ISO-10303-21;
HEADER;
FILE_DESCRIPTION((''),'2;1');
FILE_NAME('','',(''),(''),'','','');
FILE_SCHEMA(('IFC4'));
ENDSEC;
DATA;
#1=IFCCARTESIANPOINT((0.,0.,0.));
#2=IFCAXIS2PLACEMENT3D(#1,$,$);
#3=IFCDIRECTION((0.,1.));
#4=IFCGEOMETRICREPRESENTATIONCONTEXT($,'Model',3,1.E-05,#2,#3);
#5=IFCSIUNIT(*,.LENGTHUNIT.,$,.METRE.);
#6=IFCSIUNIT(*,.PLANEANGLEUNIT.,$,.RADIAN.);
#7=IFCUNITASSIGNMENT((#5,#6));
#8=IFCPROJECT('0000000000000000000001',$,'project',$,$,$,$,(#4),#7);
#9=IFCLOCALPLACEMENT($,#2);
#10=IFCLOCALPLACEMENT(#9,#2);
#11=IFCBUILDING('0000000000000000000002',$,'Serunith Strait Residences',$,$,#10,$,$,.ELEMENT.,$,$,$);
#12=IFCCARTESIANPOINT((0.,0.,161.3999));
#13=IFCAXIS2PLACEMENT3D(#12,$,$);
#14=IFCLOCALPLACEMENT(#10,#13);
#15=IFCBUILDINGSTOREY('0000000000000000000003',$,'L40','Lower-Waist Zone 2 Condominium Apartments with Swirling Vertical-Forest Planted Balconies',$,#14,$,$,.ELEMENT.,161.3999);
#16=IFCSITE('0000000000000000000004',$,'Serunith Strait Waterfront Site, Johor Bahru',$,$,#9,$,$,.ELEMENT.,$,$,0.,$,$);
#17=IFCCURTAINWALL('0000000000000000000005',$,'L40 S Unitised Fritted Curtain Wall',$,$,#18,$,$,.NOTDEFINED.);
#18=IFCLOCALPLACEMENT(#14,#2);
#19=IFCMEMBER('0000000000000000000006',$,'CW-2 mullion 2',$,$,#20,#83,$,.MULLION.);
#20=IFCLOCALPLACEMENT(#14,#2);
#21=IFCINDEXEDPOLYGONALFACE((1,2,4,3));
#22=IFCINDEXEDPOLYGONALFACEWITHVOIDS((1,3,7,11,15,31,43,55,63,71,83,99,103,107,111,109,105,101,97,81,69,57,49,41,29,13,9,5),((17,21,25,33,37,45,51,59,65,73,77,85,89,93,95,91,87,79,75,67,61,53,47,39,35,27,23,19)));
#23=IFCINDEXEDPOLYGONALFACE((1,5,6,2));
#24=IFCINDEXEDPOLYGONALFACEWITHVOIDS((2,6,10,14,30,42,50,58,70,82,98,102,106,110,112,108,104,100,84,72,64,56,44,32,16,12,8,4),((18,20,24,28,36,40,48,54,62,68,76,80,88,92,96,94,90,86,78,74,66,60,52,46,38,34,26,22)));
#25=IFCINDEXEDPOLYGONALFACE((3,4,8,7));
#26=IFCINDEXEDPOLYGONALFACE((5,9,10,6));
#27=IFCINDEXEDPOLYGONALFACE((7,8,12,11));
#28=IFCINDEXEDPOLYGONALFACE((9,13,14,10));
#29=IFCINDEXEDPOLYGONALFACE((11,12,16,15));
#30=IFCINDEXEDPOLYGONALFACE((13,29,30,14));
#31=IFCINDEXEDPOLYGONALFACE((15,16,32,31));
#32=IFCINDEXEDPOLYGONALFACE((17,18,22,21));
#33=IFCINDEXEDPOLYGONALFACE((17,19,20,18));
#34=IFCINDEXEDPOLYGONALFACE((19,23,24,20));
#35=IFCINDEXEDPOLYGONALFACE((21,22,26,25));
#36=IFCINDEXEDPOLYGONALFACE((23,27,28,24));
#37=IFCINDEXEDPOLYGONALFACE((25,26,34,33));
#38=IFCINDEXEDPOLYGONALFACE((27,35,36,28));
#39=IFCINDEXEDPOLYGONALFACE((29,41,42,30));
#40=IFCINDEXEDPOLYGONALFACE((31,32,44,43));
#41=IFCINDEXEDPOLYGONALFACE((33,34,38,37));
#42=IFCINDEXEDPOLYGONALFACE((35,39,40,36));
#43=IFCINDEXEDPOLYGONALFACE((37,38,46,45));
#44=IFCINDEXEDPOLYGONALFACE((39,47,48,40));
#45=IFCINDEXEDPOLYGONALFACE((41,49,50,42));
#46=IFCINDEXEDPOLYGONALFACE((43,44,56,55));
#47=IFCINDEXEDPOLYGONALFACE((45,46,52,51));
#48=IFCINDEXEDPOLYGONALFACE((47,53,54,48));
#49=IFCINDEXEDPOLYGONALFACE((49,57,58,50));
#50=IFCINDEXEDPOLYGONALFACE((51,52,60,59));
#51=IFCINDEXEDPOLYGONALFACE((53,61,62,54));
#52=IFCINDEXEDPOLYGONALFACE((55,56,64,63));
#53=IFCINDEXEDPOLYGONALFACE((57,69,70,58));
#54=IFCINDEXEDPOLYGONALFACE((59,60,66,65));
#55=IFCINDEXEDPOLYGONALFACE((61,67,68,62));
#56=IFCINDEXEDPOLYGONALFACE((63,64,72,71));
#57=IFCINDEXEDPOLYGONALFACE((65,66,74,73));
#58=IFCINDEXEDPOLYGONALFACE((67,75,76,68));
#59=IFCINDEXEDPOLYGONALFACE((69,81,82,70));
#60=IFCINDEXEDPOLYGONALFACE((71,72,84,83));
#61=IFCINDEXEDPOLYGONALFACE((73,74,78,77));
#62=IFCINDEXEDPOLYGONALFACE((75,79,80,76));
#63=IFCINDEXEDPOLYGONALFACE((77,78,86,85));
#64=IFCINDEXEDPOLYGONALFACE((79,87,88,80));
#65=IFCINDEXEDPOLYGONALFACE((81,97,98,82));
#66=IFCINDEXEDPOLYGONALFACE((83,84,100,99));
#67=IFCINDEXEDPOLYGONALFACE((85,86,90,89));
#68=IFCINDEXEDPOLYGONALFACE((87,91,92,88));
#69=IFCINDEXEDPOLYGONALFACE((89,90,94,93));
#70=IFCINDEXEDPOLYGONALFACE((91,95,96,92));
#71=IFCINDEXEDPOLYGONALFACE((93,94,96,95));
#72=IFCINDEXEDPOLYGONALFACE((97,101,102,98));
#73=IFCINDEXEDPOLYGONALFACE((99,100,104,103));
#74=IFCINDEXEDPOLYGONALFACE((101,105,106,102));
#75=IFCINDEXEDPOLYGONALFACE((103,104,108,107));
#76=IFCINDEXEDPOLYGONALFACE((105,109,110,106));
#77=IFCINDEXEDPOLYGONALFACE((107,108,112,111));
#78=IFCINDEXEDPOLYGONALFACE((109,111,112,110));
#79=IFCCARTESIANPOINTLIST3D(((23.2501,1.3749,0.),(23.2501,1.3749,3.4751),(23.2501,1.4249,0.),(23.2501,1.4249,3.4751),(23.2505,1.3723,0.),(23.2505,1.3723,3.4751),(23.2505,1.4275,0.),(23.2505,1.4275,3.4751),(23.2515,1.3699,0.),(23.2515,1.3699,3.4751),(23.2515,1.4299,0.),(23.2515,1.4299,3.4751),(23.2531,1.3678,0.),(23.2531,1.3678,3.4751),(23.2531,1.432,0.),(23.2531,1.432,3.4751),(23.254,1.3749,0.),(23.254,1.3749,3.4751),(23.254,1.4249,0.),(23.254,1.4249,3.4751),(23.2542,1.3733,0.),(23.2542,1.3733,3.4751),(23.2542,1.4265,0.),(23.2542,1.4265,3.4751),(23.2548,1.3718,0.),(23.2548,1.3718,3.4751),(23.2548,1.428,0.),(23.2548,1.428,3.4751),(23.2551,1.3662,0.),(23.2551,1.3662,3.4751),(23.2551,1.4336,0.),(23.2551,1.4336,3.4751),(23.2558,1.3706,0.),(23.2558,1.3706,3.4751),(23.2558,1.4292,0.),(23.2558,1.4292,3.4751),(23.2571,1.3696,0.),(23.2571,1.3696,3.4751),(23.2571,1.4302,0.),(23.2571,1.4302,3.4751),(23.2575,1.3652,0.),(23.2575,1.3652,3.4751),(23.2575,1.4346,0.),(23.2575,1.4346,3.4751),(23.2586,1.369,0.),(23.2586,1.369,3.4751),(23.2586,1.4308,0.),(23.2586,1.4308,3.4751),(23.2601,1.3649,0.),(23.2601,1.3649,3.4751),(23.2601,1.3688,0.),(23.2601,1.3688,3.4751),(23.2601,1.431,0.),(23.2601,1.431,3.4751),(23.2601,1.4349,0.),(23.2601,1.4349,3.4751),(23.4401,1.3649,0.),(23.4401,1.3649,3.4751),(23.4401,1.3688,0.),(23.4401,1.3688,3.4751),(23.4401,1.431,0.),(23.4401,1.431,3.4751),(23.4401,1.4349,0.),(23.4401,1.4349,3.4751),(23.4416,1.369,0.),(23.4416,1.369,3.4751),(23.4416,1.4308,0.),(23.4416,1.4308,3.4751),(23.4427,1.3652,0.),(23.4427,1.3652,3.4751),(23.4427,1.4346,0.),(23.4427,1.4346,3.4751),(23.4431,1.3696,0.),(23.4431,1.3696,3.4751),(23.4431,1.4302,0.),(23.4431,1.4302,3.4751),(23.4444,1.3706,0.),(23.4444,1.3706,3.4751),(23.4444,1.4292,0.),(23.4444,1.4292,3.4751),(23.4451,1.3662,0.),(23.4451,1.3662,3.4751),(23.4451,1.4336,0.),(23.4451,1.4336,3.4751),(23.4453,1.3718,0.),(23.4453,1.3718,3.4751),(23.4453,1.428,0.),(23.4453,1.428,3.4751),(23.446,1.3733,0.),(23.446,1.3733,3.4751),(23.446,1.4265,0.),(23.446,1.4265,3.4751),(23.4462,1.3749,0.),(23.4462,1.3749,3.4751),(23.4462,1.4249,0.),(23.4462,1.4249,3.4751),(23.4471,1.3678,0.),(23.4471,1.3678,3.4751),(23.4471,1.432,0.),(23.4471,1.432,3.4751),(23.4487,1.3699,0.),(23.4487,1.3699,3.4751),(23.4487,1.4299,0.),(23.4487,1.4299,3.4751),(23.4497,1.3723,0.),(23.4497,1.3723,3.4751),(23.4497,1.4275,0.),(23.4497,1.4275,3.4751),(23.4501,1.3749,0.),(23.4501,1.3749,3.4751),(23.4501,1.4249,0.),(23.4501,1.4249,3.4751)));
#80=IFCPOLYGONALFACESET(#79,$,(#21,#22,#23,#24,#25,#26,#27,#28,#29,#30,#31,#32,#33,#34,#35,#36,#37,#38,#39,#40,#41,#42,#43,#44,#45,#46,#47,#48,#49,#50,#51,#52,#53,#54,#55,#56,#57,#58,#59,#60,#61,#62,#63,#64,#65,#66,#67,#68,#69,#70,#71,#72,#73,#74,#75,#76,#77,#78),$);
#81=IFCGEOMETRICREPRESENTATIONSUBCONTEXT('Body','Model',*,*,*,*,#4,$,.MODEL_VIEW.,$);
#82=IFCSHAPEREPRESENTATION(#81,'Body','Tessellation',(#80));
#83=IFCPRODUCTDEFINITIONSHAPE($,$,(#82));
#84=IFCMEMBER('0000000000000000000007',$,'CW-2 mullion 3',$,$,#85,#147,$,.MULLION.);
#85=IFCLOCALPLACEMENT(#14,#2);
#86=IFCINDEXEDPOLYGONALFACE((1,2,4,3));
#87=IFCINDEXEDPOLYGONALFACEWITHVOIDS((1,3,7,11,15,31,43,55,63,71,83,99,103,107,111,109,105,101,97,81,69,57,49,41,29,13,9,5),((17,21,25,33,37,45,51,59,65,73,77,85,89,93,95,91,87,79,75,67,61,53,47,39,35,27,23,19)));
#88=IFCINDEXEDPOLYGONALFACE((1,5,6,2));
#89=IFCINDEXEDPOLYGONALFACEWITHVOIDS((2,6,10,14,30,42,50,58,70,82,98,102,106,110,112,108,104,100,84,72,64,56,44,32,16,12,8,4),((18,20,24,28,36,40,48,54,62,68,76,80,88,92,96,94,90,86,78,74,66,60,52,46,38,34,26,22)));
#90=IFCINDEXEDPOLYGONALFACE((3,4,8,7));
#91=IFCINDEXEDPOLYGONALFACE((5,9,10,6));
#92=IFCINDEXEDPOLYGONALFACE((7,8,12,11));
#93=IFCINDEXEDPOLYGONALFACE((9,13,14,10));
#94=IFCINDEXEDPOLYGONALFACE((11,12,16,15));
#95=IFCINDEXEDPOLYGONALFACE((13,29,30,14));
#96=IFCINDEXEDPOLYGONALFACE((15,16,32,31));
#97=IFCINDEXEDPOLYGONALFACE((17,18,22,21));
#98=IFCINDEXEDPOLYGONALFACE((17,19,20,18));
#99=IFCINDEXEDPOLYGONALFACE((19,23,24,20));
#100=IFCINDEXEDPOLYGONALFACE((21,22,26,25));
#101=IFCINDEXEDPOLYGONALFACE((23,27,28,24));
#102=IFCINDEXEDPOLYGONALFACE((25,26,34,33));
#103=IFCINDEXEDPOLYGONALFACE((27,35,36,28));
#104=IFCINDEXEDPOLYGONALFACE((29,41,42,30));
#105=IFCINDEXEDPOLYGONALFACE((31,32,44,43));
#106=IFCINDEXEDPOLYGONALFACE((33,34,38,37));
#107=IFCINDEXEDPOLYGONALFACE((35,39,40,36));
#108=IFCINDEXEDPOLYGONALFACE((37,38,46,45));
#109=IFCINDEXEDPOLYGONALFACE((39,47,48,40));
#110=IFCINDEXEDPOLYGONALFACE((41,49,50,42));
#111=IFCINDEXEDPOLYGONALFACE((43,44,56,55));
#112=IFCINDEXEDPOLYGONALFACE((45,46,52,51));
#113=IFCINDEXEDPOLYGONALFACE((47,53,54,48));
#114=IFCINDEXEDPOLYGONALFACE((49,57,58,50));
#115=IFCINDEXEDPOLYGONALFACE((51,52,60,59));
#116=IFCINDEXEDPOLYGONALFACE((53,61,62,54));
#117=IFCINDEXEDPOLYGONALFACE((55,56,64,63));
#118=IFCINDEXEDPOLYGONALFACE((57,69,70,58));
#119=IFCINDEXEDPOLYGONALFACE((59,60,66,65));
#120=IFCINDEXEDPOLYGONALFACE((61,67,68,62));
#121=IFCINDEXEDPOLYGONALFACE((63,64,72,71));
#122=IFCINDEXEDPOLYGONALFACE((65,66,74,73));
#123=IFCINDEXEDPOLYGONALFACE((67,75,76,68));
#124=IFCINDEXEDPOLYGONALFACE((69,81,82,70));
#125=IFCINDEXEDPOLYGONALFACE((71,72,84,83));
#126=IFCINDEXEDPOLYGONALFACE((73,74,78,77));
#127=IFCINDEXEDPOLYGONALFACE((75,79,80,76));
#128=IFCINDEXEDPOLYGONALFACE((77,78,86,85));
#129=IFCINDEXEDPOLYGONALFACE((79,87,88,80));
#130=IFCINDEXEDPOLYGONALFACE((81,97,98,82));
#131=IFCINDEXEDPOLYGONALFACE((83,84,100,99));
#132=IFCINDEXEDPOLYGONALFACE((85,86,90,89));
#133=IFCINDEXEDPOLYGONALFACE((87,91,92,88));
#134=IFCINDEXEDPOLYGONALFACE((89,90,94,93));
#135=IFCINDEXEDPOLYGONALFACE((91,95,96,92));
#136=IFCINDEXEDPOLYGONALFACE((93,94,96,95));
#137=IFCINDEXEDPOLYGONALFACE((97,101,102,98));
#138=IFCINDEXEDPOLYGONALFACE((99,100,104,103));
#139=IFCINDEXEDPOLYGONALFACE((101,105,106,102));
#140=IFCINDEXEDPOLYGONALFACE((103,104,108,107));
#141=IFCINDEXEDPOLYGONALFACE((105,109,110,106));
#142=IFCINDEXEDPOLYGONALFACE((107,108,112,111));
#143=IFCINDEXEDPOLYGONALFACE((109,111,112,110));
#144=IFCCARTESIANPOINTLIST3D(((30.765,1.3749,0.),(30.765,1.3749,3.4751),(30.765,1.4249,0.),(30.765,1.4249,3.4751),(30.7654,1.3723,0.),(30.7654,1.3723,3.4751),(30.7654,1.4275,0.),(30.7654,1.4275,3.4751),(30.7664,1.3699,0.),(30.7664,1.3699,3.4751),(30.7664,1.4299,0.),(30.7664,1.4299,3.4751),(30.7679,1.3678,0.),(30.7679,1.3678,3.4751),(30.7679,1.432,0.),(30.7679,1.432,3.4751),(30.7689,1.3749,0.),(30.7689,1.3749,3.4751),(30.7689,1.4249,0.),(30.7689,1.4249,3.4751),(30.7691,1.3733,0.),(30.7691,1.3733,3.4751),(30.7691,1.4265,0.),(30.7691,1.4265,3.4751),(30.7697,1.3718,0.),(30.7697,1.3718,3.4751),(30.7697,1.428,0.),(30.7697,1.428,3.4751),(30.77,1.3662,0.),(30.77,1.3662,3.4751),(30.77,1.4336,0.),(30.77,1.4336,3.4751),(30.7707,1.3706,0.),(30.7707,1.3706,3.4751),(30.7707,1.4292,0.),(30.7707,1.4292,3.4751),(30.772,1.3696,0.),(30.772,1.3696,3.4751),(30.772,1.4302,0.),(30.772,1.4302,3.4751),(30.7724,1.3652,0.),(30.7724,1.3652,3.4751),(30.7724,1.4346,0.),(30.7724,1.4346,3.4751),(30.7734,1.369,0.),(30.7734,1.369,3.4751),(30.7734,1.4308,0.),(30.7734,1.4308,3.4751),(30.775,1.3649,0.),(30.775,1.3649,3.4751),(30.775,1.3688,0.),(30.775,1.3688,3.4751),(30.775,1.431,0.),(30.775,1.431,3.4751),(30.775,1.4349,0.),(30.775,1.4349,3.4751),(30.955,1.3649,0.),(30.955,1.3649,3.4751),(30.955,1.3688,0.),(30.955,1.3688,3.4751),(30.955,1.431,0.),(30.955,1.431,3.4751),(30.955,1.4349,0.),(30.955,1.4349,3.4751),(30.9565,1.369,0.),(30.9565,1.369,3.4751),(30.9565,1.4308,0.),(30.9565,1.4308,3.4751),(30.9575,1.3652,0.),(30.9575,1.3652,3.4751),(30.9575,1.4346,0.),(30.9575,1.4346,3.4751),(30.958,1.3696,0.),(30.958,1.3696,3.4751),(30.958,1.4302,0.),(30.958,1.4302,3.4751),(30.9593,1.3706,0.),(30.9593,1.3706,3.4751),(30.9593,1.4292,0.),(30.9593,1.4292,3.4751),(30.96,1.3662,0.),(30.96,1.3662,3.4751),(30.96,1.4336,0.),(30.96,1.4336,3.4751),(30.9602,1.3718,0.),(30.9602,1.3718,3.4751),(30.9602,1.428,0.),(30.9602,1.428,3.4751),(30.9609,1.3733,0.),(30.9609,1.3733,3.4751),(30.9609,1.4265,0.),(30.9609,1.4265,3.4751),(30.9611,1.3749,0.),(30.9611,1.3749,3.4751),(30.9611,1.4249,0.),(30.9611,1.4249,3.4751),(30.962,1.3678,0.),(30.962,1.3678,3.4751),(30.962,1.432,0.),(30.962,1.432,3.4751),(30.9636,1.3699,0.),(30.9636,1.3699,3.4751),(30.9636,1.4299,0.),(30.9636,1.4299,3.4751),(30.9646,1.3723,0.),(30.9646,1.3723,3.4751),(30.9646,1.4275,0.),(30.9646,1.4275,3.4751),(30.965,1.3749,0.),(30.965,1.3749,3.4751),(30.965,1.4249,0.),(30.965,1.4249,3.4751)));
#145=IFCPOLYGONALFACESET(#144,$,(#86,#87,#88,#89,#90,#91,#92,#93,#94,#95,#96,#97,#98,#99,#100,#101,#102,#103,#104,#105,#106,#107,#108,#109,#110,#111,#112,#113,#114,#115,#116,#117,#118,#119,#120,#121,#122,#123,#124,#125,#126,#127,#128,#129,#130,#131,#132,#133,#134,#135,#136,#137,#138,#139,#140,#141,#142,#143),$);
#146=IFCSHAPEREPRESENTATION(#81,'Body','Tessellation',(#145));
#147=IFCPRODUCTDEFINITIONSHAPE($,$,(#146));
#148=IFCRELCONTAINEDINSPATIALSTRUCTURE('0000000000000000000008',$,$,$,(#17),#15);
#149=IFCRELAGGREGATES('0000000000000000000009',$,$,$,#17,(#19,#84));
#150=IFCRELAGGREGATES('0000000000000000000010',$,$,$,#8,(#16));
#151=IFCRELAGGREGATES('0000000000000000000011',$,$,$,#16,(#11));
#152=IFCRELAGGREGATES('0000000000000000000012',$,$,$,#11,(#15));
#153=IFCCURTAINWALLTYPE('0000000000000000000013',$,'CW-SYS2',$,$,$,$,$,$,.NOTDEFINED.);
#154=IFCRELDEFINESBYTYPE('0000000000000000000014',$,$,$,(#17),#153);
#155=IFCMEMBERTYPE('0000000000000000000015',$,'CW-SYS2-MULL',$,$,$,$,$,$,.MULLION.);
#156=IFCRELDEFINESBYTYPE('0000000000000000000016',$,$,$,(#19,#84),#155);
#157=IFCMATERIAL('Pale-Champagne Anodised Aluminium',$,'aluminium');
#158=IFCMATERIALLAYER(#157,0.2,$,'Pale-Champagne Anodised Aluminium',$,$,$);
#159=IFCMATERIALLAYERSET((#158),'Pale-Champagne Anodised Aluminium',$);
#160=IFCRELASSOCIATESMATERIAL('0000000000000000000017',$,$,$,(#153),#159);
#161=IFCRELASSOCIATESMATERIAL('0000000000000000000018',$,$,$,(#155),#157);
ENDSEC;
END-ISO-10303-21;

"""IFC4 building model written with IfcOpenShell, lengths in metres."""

from ifc_helpers import new_model, si_unit, direction, frame, origin, origin_2d, place, context, subcontext, project, spatial, hollow_rectangle, extrude, source, transform, mapped, material, layer, layer_set, material_profile, profile_set, type_object, element, aggregate, save


model = new_model("IFC4")

# Units and contexts
model_context = context("Model", 3, precision=1e-05, world=origin(), true_north=direction((0.0, 1.0)))
body_context = subcontext(model_context, "Body", "Model", "MODEL_VIEW")
ifc_project = project(units=[si_unit("LENGTHUNIT", "METRE"), si_unit("PLANEANGLEUNIT", "RADIAN")], contexts=[model_context])

# Site, building, storey
site_placement = place(None, origin())
site = spatial("IfcSite", under=ifc_project, at=site_placement, Name="Serunith Strait Waterfront Site, Johor Bahru", CompositionType="ELEMENT", RefElevation=0.0)
building_placement = place(site_placement, origin())
building = spatial("IfcBuilding", under=site, at=building_placement, Name="Serunith Strait Residences", CompositionType="ELEMENT")
storey_placement = place(building_placement, frame((0.0, 0.0, 161.3999)))
storey = spatial("IfcBuildingStorey", under=building, at=storey_placement, Name="L40", Description="Lower-Waist Zone 2 Condominium Apartments with Swirling Vertical-Forest Planted Balconies", CompositionType="ELEMENT", Elevation=161.3999)

# Curtain wall, members
ifc_material_1 = material(Name="Pale-Champagne Anodised Aluminium", Category="aluminium")
ifc_layer_1 = layer(ifc_material_1, 0.2, Name="Pale-Champagne Anodised Aluminium")
ifc_layer_set_1 = layer_set([ifc_layer_1], Name="Pale-Champagne Anodised Aluminium")
curtain_wall_type = type_object("IfcCurtainWallType", Name="CW-SYS2", PredefinedType="NOTDEFINED", material=ifc_layer_set_1)
curtain_wall_placement = place(storey_placement, origin())
curtain_wall = element("IfcCurtainWall", 1, at=curtain_wall_placement, inside=storey, type_object=curtain_wall_type, Name="L40 S Unitised Fritted Curtain Wall", PredefinedType="NOTDEFINED")
ifc_material_profile_1 = material_profile(ifc_material_1, hollow_rectangle(XDim=0.0701, YDim=0.2, WallThickness=0.0039, InnerFilletRadius=0.0061, OuterFilletRadius=0.01, at=origin_2d()), Name="ALU 200x70x4")
ifc_profile_set_1 = profile_set([ifc_material_profile_1], Name="Pale-Champagne Anodised Aluminium")
member_type_1 = type_object("IfcMemberType", Name="CW-SYS2-MULL", PredefinedType="MULLION", material=ifc_profile_set_1)
shared_shape_1 = source(origin(), body_context, "Body", "SweptSolid", [
    extrude(hollow_rectangle(XDim=0.0701, YDim=0.2, WallThickness=0.0039, InnerFilletRadius=0.0061, OuterFilletRadius=0.01, at=origin_2d()), origin(), (0.0, 0.0, 1.0), 3.4751),
])
member_1_placement = place(storey_placement, frame((23.3501, 1.3999, 0.0), z_axis=(0.0, 0.0, 1.0), x_axis=(0.0, 1.0, 0.0)))
member_1 = element("IfcMember", 2, at=member_1_placement, type_object=member_type_1, Name="CW-2 mullion 2", PredefinedType="MULLION", context=body_context, shape_type="MappedRepresentation", body=[
    mapped(shared_shape_1, transform((0.0, 0.0, 0.0), scale=1.0)),
])
member_2_placement = place(storey_placement, frame((30.865, 1.3999, 0.0), z_axis=(0.0, 0.0, 1.0), x_axis=(0.0, 1.0, 0.0)))
member_2 = element("IfcMember", 3, at=member_2_placement, type_object=member_type_1, Name="CW-2 mullion 3", PredefinedType="MULLION", context=body_context, shape_type="MappedRepresentation", body=[
    mapped(shared_shape_1, transform((0.0, 0.0, 0.0), scale=1.0)),
])
aggregate(curtain_wall, [member_1, member_2])

save(model, "model.ifc")
